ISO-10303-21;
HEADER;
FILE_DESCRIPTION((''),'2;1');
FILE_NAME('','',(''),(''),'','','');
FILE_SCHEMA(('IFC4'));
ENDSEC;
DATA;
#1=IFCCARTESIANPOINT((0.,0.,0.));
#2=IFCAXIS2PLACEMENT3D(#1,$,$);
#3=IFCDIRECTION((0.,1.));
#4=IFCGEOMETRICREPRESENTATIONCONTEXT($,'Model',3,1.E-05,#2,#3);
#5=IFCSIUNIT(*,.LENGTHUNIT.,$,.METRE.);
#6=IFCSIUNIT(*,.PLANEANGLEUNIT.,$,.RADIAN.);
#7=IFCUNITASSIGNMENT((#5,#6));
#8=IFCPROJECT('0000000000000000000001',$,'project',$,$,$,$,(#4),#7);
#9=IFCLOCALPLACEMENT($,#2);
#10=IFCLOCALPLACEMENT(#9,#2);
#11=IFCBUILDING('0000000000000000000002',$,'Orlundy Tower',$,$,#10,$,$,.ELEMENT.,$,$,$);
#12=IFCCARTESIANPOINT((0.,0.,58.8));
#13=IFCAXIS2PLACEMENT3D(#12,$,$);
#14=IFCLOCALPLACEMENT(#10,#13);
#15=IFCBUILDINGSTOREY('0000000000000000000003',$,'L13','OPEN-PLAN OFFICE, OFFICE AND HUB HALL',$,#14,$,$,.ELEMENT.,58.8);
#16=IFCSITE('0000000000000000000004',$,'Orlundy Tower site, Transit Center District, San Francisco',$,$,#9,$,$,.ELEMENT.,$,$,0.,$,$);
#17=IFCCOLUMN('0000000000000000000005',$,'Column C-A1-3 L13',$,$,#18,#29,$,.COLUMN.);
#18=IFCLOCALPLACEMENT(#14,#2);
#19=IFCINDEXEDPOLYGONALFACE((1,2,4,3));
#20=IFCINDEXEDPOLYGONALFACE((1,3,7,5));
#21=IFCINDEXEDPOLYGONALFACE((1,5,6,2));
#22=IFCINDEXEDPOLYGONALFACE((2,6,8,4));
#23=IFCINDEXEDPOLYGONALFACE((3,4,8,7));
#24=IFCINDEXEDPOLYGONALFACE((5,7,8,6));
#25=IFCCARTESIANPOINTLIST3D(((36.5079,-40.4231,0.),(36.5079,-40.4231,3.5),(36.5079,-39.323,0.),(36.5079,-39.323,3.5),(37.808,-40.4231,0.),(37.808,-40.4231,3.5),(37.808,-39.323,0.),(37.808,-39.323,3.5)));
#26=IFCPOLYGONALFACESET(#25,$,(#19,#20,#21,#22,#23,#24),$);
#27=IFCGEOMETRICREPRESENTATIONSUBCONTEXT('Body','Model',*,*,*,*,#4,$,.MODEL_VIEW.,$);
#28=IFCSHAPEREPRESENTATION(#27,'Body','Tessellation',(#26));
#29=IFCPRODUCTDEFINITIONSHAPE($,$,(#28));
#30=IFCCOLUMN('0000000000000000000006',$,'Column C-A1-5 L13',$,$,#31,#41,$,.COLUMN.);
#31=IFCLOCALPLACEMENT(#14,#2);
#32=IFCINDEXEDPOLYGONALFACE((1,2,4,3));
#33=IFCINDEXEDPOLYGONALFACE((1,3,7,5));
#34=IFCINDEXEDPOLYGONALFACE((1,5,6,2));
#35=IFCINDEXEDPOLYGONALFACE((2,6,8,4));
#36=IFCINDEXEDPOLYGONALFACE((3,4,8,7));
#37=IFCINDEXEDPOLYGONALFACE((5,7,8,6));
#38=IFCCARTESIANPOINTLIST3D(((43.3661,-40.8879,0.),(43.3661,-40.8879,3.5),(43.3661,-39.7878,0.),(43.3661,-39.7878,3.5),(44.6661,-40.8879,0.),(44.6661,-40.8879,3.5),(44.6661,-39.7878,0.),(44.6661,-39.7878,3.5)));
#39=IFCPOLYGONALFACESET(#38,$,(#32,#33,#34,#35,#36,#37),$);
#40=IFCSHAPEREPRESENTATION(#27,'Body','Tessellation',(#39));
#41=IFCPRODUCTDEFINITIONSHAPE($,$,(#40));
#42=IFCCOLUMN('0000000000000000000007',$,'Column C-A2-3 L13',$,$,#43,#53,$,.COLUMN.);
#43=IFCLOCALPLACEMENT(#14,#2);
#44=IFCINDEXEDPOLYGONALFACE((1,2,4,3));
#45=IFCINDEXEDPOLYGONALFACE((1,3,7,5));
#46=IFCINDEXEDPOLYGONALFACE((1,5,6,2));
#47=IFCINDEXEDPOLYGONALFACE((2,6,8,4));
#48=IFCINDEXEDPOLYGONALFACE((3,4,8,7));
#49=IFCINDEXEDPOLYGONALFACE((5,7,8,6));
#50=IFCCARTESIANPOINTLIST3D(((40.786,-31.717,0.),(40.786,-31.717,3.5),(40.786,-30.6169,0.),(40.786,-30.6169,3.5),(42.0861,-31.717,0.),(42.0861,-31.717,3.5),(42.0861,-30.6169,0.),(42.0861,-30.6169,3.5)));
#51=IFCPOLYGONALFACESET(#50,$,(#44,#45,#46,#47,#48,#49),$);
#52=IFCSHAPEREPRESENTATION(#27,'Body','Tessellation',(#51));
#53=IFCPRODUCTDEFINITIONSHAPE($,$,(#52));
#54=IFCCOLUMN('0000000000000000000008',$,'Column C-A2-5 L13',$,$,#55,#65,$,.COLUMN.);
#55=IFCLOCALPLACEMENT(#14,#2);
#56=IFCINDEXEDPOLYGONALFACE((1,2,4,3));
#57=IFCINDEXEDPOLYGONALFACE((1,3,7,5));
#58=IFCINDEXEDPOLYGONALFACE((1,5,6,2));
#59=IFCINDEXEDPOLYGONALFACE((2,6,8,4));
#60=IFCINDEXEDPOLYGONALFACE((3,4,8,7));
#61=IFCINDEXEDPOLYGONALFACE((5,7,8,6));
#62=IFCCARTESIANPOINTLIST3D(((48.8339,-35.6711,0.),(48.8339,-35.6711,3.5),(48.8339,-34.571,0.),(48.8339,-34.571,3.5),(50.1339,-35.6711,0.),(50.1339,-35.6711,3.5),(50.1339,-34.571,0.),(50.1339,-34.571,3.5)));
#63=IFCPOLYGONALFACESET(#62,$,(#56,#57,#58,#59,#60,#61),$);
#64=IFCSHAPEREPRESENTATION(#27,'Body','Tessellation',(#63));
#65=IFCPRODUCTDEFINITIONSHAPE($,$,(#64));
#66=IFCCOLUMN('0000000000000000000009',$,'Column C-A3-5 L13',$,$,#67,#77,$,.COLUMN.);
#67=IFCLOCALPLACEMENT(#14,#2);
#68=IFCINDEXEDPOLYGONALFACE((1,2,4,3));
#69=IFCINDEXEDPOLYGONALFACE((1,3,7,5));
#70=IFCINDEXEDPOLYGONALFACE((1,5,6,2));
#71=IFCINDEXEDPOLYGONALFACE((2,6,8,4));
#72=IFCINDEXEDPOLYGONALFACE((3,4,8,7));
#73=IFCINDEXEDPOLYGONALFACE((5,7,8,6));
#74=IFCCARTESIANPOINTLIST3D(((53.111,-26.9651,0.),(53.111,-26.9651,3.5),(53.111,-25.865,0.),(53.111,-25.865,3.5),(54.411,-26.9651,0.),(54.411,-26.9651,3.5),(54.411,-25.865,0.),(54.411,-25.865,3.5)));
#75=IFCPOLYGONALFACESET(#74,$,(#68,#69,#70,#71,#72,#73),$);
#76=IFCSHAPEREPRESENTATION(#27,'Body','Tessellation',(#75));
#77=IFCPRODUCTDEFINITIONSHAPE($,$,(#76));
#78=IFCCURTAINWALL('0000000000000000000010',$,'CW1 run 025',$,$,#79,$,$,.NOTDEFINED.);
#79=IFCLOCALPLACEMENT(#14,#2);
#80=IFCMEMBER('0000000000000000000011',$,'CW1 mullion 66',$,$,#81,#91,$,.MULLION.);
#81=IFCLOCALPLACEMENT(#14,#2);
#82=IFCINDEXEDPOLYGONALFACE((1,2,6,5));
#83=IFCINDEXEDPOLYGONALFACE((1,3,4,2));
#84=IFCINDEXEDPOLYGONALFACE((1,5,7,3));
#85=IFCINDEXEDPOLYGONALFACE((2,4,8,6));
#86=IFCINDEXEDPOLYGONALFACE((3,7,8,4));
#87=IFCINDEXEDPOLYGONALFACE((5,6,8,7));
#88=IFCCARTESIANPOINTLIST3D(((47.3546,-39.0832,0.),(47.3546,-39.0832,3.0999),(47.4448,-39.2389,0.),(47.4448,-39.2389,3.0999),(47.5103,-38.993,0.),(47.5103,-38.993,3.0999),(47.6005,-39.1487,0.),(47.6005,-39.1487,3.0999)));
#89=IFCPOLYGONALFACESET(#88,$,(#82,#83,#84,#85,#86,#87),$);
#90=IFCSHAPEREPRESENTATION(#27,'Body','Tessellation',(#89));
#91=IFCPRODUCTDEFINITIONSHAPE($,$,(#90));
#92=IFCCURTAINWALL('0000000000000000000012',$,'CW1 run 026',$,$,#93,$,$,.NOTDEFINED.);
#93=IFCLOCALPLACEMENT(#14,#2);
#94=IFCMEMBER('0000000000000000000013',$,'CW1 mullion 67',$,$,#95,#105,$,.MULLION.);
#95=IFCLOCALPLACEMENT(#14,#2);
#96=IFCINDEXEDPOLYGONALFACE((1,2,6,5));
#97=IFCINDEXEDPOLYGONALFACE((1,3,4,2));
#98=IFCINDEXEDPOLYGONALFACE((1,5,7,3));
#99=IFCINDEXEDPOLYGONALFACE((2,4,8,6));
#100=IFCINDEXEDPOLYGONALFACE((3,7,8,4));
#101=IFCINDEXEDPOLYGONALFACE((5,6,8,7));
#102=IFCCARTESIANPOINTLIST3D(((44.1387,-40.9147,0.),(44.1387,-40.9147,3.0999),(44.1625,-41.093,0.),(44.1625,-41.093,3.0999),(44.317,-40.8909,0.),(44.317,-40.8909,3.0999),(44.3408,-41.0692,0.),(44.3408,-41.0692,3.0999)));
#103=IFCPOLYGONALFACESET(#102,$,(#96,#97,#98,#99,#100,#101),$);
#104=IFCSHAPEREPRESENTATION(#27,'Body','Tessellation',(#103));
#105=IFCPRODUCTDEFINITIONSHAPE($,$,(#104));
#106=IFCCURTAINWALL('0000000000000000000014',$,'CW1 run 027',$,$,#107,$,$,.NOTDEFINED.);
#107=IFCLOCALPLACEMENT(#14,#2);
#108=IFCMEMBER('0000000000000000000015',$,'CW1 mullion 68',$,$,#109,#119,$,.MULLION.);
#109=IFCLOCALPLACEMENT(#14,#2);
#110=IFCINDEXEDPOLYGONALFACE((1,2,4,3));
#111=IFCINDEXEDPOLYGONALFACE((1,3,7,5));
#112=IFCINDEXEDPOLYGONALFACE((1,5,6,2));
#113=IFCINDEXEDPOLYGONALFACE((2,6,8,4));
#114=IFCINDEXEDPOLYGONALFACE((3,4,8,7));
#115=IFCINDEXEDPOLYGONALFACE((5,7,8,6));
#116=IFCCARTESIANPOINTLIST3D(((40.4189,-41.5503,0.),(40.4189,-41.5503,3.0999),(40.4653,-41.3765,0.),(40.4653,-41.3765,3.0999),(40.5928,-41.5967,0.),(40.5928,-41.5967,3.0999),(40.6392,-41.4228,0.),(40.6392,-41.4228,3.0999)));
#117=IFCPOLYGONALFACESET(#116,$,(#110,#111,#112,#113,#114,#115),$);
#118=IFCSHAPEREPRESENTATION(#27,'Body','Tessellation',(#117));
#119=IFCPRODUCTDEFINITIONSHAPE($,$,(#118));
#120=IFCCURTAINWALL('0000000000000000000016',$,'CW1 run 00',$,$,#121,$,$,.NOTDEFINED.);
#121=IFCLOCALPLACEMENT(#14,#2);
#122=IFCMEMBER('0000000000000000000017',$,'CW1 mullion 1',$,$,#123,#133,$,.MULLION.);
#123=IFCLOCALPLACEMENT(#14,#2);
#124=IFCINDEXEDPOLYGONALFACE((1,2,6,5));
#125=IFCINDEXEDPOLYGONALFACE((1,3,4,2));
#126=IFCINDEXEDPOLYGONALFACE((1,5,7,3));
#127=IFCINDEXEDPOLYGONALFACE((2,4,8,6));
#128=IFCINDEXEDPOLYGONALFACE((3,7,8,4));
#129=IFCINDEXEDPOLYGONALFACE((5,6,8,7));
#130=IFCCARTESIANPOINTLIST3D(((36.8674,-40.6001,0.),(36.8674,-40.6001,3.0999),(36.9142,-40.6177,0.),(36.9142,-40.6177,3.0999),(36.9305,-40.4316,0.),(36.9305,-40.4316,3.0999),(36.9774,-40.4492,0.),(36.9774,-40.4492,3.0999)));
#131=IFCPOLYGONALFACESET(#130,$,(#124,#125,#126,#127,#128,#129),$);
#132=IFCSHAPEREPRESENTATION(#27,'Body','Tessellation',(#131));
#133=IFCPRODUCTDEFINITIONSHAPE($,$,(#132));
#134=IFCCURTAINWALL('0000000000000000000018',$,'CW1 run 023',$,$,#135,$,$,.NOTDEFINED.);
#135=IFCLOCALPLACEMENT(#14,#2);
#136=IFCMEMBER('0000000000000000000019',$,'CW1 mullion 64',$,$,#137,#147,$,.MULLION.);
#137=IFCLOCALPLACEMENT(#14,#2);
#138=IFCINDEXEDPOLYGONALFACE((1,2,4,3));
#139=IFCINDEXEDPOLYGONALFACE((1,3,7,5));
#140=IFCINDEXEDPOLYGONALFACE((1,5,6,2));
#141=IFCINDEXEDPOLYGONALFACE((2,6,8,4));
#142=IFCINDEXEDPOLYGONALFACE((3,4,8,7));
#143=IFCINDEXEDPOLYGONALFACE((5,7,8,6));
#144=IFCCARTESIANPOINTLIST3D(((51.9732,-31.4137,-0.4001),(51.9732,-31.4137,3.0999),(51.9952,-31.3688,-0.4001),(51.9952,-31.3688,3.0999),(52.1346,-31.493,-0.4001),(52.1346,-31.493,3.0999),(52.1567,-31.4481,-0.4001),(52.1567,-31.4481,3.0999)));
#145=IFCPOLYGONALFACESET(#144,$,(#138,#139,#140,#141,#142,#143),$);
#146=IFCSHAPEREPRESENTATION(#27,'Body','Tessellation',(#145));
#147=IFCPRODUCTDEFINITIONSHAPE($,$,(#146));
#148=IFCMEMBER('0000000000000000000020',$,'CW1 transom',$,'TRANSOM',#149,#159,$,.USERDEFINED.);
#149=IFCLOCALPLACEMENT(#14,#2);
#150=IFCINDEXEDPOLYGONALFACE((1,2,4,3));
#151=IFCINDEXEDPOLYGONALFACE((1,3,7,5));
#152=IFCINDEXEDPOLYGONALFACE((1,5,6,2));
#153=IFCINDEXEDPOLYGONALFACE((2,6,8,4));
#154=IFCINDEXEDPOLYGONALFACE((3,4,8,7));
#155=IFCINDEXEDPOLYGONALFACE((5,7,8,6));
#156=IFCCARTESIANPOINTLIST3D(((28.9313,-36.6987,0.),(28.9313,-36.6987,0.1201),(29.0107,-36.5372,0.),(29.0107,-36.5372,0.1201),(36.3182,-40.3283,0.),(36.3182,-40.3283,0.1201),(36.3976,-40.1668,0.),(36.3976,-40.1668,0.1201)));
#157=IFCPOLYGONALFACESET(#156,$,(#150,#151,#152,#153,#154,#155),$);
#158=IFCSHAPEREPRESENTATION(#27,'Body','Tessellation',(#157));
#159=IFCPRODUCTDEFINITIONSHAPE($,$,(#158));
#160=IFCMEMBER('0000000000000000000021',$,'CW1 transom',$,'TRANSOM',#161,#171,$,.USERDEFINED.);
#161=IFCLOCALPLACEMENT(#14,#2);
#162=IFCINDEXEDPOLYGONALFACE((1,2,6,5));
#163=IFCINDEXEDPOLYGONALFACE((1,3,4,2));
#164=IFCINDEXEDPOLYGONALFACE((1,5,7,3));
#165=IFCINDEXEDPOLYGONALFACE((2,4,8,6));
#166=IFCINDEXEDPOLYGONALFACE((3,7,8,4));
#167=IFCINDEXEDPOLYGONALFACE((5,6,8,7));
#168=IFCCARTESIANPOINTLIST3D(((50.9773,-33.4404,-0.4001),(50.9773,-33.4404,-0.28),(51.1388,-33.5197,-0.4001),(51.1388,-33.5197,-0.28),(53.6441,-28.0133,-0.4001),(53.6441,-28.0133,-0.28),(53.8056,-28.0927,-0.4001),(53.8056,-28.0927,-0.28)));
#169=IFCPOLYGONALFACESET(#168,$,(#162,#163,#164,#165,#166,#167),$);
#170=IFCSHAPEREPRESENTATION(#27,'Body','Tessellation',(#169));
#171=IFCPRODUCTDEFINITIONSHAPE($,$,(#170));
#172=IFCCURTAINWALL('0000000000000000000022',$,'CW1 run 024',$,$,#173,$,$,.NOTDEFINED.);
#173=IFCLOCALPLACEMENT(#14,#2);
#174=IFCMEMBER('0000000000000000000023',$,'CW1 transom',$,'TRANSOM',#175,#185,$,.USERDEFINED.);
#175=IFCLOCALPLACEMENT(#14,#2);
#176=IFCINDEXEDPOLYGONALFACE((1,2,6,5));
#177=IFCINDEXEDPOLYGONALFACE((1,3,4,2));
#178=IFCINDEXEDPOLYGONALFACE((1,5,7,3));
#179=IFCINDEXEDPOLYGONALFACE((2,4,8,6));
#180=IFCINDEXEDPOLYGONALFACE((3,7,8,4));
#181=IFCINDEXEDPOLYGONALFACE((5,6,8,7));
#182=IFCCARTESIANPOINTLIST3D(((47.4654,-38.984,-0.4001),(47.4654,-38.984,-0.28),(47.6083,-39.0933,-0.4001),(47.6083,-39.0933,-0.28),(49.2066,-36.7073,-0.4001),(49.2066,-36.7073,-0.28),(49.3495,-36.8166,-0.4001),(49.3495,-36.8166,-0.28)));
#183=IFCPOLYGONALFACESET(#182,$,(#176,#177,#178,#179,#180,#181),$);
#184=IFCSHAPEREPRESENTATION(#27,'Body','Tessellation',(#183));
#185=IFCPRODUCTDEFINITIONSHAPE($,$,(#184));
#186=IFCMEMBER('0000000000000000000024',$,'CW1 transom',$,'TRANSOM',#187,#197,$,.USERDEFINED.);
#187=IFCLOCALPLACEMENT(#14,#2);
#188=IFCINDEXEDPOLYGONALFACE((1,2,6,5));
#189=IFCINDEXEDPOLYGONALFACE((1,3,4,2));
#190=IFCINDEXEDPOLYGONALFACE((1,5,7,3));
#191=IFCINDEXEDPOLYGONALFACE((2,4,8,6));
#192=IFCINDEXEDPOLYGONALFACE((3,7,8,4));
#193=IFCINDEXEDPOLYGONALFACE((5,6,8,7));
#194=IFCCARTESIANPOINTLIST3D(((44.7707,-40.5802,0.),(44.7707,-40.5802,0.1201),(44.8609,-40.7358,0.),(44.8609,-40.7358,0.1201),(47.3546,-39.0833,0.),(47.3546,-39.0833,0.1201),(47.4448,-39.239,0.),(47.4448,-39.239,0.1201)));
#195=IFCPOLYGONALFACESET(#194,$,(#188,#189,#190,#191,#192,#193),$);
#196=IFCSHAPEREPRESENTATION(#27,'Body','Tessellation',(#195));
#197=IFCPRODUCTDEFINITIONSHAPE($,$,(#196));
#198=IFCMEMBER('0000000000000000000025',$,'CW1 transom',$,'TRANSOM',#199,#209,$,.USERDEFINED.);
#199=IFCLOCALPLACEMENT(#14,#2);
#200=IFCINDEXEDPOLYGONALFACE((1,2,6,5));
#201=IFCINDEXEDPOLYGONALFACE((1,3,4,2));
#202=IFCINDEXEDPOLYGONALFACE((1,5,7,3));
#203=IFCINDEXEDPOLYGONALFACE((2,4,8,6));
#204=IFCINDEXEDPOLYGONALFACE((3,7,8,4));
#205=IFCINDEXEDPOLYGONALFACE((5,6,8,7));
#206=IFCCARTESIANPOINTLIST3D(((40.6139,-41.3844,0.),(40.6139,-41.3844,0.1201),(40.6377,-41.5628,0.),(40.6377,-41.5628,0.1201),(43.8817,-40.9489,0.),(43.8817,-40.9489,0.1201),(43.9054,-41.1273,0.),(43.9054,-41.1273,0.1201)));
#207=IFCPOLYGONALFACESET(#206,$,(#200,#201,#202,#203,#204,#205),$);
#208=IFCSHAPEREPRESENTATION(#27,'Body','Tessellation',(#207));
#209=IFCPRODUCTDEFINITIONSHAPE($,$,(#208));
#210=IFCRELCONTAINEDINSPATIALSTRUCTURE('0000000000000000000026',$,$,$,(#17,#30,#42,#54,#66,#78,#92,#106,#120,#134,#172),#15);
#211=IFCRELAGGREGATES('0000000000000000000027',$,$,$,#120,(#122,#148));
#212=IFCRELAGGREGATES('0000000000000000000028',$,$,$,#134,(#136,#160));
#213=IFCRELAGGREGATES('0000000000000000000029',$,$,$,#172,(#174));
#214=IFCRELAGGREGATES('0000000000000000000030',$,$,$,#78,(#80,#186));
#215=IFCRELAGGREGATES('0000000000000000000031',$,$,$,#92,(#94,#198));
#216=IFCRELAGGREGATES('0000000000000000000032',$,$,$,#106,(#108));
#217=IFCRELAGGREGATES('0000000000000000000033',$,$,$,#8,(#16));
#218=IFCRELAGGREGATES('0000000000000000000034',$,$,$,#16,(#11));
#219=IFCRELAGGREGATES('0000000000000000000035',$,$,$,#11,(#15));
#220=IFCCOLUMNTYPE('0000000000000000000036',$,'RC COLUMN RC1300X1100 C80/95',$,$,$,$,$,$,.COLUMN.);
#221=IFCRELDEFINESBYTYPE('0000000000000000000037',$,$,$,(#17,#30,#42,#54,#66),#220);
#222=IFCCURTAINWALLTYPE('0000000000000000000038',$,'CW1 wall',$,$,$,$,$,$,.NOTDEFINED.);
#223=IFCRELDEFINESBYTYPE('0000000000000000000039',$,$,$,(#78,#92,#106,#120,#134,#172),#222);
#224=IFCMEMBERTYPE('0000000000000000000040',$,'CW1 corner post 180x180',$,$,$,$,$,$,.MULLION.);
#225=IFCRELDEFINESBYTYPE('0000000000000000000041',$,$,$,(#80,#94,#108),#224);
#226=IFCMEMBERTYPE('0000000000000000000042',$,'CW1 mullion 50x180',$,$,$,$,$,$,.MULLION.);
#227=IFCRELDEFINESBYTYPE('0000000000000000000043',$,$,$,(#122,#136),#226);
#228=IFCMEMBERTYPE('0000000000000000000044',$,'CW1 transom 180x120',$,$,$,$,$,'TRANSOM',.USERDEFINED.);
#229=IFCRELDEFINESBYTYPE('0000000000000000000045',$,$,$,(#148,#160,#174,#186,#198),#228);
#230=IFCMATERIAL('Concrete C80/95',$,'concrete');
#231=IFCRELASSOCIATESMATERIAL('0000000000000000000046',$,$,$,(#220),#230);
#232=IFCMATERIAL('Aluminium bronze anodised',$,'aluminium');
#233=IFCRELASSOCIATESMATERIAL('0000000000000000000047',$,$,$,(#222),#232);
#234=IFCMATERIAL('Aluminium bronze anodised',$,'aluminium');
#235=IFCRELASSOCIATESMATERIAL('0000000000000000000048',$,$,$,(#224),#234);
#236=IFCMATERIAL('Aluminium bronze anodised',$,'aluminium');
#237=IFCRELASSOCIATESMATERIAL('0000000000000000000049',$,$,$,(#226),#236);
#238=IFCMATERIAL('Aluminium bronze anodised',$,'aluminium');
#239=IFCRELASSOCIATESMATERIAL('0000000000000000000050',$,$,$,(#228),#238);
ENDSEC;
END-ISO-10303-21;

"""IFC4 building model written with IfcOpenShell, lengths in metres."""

from ifc_helpers import new_model, si_unit, direction, frame, origin, origin_2d, place, context, subcontext, project, spatial, rectangle, extrude, material, material_profile, profile_set, type_object, element, aggregate, save


model = new_model("IFC4")

# Units and contexts
model_context = context("Model", 3, precision=1e-05, world=origin(), true_north=direction((0.0, 1.0)))
body_context = subcontext(model_context, "Body", "Model", "MODEL_VIEW")
ifc_project = project(units=[si_unit("LENGTHUNIT", "METRE"), si_unit("PLANEANGLEUNIT", "RADIAN")], contexts=[model_context])

# Site, building, storey
site_placement = place(None, origin())
site = spatial("IfcSite", under=ifc_project, at=site_placement, Name="Orlundy Tower site, Transit Center District, San Francisco", CompositionType="ELEMENT", RefElevation=0.0)
building_placement = place(site_placement, origin())
building = spatial("IfcBuilding", under=site, at=building_placement, Name="Orlundy Tower", CompositionType="ELEMENT")
storey_placement = place(building_placement, frame((0.0, 0.0, 58.8)))
storey = spatial("IfcBuildingStorey", under=building, at=storey_placement, Name="L13", Description="OPEN-PLAN OFFICE, OFFICE AND HUB HALL", CompositionType="ELEMENT", Elevation=58.8)

# Columns
ifc_material_1 = material(Name="Concrete C80/95", Category="concrete")
ifc_material_profile_1 = material_profile(ifc_material_1, rectangle(XDim=1.3, YDim=1.1001, at=origin_2d()), Name="RC1300X1100")
ifc_profile_set_1 = profile_set([ifc_material_profile_1], Name="Concrete C80/95")
column_type = type_object("IfcColumnType", Name="RC COLUMN RC1300X1100 C80/95", PredefinedType="COLUMN", material=ifc_profile_set_1)
for number, where, z_axis, x_axis, name in (
    (1, (37.158, -39.873, 0.0), (0.0, 0.0, 1.0), (1.0, 0.0, 0.0), "Column C-A1-3 L13"),
    (2, (44.0161, -40.3379, 0.0), (0.0, 0.0, 1.0), (1.0, 0.0, 0.0), "Column C-A1-5 L13"),
    (3, (41.436, -31.167, 0.0), (0.0, 0.0, 1.0), (1.0, 0.0, 0.0), "Column C-A2-3 L13"),
    (4, (49.4839, -35.1211, 0.0), (0.0, 0.0, 1.0), (1.0, 0.0, 0.0), "Column C-A2-5 L13"),
    (5, (53.761, -26.415, 0.0), (0.0, 0.0, 1.0), (1.0, 0.0, 0.0), "Column C-A3-5 L13"),
):
    element("IfcColumn", number, at=place(storey_placement, frame(where, z_axis=z_axis, x_axis=x_axis)), inside=storey, type_object=column_type, Name=name, PredefinedType="COLUMN", context=body_context, shape_type="SweptSolid", body=[
        extrude(rectangle(XDim=1.3, YDim=1.1001, at=origin_2d()), origin(), (0.0, 0.0, 1.0), 3.5),
    ])

# Curtain walls, members
ifc_material_2 = material(Name="Aluminium bronze anodised", Category="aluminium")
curtain_wall_type = type_object("IfcCurtainWallType", Name="CW1 wall", PredefinedType="NOTDEFINED", material=ifc_material_2)
curtain_wall_1_placement = place(storey_placement, origin())
curtain_wall_1 = element("IfcCurtainWall", 6, at=curtain_wall_1_placement, inside=storey, type_object=curtain_wall_type, Name="CW1 run 025", PredefinedType="NOTDEFINED")
ifc_material_3 = material(Name="Aluminium bronze anodised", Category="aluminium")
ifc_material_profile_2 = material_profile(ifc_material_3, rectangle(XDim=0.1799, YDim=0.1799, at=origin_2d()), Name="CW1 corner post 180x180")
ifc_profile_set_2 = profile_set([ifc_material_profile_2], Name="Aluminium bronze anodised")
member_type_1 = type_object("IfcMemberType", Name="CW1 corner post 180x180", PredefinedType="MULLION", material=ifc_profile_set_2)
member_1_placement = place(storey_placement, frame((47.4775, -39.116, 0.0), z_axis=(0.0, 0.0, 1.0), x_axis=(0.501302, -0.865272, 0.0)))
member_1 = element("IfcMember", 7, at=member_1_placement, type_object=member_type_1, Name="CW1 mullion 66", PredefinedType="MULLION", context=body_context, shape_type="SweptSolid", body=[
    extrude(rectangle(XDim=0.1799, YDim=0.1799, at=origin_2d()), origin(), (0.0, 0.0, 1.0), 3.0999),
])
curtain_wall_2_placement = place(storey_placement, origin())
curtain_wall_2 = element("IfcCurtainWall", 8, at=curtain_wall_2_placement, inside=storey, type_object=curtain_wall_type, Name="CW1 run 026", PredefinedType="NOTDEFINED")
member_2_placement = place(storey_placement, frame((44.2397, -40.9919, 0.0), z_axis=(0.0, 0.0, 1.0), x_axis=(0.132164, -0.991228, 0.0)))
member_2 = element("IfcMember", 9, at=member_2_placement, type_object=member_type_1, Name="CW1 mullion 67", PredefinedType="MULLION", context=body_context, shape_type="SweptSolid", body=[
    extrude(rectangle(XDim=0.1799, YDim=0.1799, at=origin_2d()), origin(), (0.0, 0.0, 1.0), 3.0999),
])
curtain_wall_3_placement = place(storey_placement, origin())
curtain_wall_3 = element("IfcCurtainWall", 10, at=curtain_wall_3_placement, inside=storey, type_object=curtain_wall_type, Name="CW1 run 027", PredefinedType="NOTDEFINED")
member_3_placement = place(storey_placement, frame((40.5291, -41.4866, 0.0), z_axis=(0.0, 0.0, 1.0), x_axis=(-0.257679, -0.96623, 0.0)))
member_3 = element("IfcMember", 11, at=member_3_placement, type_object=member_type_1, Name="CW1 mullion 68", PredefinedType="MULLION", context=body_context, shape_type="SweptSolid", body=[
    extrude(rectangle(XDim=0.1799, YDim=0.1799, at=origin_2d()), origin(), (0.0, 0.0, 1.0), 3.0999),
])
curtain_wall_4_placement = place(storey_placement, origin())
curtain_wall_4 = element("IfcCurtainWall", 12, at=curtain_wall_4_placement, inside=storey, type_object=curtain_wall_type, Name="CW1 run 00", PredefinedType="NOTDEFINED")
ifc_material_4 = material(Name="Aluminium bronze anodised", Category="aluminium")
ifc_material_profile_3 = material_profile(ifc_material_4, rectangle(XDim=0.1799, YDim=0.05, at=origin_2d()), Name="CW1 mullion 50x180")
ifc_profile_set_3 = profile_set([ifc_material_profile_3], Name="Aluminium bronze anodised")
member_type_2 = type_object("IfcMemberType", Name="CW1 mullion 50x180", PredefinedType="MULLION", material=ifc_profile_set_3)
member_4_placement = place(storey_placement, frame((36.9224, -40.5247, 0.0), z_axis=(0.0, 0.0, 1.0), x_axis=(-0.351009, -0.936372, 0.0)))
member_4 = element("IfcMember", 13, at=member_4_placement, type_object=member_type_2, Name="CW1 mullion 1", PredefinedType="MULLION", context=body_context, shape_type="SweptSolid", body=[
    extrude(rectangle(XDim=0.1799, YDim=0.05, at=origin_2d()), origin(), (0.0, 0.0, 1.0), 3.0999),
])
curtain_wall_5_placement = place(storey_placement, origin())
curtain_wall_5 = element("IfcCurtainWall", 14, at=curtain_wall_5_placement, inside=storey, type_object=curtain_wall_type, Name="CW1 run 023", PredefinedType="NOTDEFINED")
member_5_placement = place(storey_placement, frame((52.0649, -31.4309, -0.4001), z_axis=(0.0, 0.0, 1.0), x_axis=(0.897501, -0.441012, 0.0)))
member_5 = element("IfcMember", 15, at=member_5_placement, type_object=member_type_2, Name="CW1 mullion 64", PredefinedType="MULLION", context=body_context, shape_type="SweptSolid", body=[
    extrude(rectangle(XDim=0.1799, YDim=0.05, at=origin_2d()), origin(), (0.0, 0.0, 1.0), 3.5),
])

# Members
ifc_material_5 = material(Name="Aluminium bronze anodised", Category="aluminium")
ifc_material_profile_4 = material_profile(ifc_material_5, rectangle(XDim=0.1799, YDim=0.1201, at=origin_2d()), Name="CW1 transom 180x120")
ifc_profile_set_4 = profile_set([ifc_material_profile_4], Name="Aluminium bronze anodised")
member_type_3 = type_object("IfcMemberType", Name="CW1 transom 180x120", ElementType="TRANSOM", PredefinedType="USERDEFINED", material=ifc_profile_set_4)
member_6_placement = place(storey_placement, frame((36.3579, -40.2476, 0.0601), z_axis=(-0.897508, 0.440997, 0.0), x_axis=(-0.440997, -0.897508, 0.0)))
member_6 = element("IfcMember", 16, at=member_6_placement, type_object=member_type_3, Name="CW1 transom", ObjectType="TRANSOM", PredefinedType="USERDEFINED", context=body_context, shape_type="SweptSolid", body=[
    extrude(rectangle(XDim=0.1799, YDim=0.1201, at=origin_2d()), origin(), (0.0, 0.0, 1.0), 8.2305),
])
aggregate(curtain_wall_4, [member_4, member_6])
member_7_placement = place(storey_placement, frame((53.7249, -28.053, -0.3401), z_axis=(-0.441017, -0.897499, 0.0), x_axis=(0.897499, -0.441017, 0.0)))
member_7 = element("IfcMember", 17, at=member_7_placement, type_object=member_type_3, Name="CW1 transom", ObjectType="TRANSOM", PredefinedType="USERDEFINED", context=body_context, shape_type="SweptSolid", body=[
    extrude(rectangle(XDim=0.1799, YDim=0.1201, at=origin_2d()), origin(), (0.0, 0.0, 1.0), 6.0469),
])

# Curtain wall, member
curtain_wall_6_placement = place(storey_placement, origin())
curtain_wall_6 = element("IfcCurtainWall", 18, at=curtain_wall_6_placement, inside=storey, type_object=curtain_wall_type, Name="CW1 run 024", PredefinedType="NOTDEFINED")
member_8_placement = place(storey_placement, frame((49.2781, -36.762, -0.3401), z_axis=(-0.60751, -0.794312, 0.0), x_axis=(0.794312, -0.60751, 0.0)))
member_8 = element("IfcMember", 19, at=member_8_placement, type_object=member_type_3, Name="CW1 transom", ObjectType="TRANSOM", PredefinedType="USERDEFINED", context=body_context, shape_type="SweptSolid", body=[
    extrude(rectangle(XDim=0.1799, YDim=0.1201, at=origin_2d()), origin(), (0.0, 0.0, 1.0), 2.8662),
])

# Members
member_9_placement = place(storey_placement, frame((47.3997, -39.1611, 0.0601), z_axis=(-0.865284, -0.501281, 0.0), x_axis=(0.501281, -0.865284, 0.0)))
member_9 = element("IfcMember", 20, at=member_9_placement, type_object=member_type_3, Name="CW1 transom", ObjectType="TRANSOM", PredefinedType="USERDEFINED", context=body_context, shape_type="SweptSolid", body=[
    extrude(rectangle(XDim=0.1799, YDim=0.1201, at=origin_2d()), origin(), (0.0, 0.0, 1.0), 2.9861),
])
member_10_placement = place(storey_placement, frame((43.8936, -41.0381, 0.0601), z_axis=(-0.991234, -0.132115, 0.0), x_axis=(0.132115, -0.991234, 0.0)))
member_10 = element("IfcMember", 21, at=member_10_placement, type_object=member_type_3, Name="CW1 transom", ObjectType="TRANSOM", PredefinedType="USERDEFINED", context=body_context, shape_type="SweptSolid", body=[
    extrude(rectangle(XDim=0.1799, YDim=0.1201, at=origin_2d()), origin(), (0.0, 0.0, 1.0), 3.2966),
])

aggregate(curtain_wall_5, [member_5, member_7])
aggregate(curtain_wall_6, [member_8])
aggregate(curtain_wall_1, [member_1, member_9])
aggregate(curtain_wall_2, [member_2, member_10])
aggregate(curtain_wall_3, [member_3])

save(model, "model.ifc")
